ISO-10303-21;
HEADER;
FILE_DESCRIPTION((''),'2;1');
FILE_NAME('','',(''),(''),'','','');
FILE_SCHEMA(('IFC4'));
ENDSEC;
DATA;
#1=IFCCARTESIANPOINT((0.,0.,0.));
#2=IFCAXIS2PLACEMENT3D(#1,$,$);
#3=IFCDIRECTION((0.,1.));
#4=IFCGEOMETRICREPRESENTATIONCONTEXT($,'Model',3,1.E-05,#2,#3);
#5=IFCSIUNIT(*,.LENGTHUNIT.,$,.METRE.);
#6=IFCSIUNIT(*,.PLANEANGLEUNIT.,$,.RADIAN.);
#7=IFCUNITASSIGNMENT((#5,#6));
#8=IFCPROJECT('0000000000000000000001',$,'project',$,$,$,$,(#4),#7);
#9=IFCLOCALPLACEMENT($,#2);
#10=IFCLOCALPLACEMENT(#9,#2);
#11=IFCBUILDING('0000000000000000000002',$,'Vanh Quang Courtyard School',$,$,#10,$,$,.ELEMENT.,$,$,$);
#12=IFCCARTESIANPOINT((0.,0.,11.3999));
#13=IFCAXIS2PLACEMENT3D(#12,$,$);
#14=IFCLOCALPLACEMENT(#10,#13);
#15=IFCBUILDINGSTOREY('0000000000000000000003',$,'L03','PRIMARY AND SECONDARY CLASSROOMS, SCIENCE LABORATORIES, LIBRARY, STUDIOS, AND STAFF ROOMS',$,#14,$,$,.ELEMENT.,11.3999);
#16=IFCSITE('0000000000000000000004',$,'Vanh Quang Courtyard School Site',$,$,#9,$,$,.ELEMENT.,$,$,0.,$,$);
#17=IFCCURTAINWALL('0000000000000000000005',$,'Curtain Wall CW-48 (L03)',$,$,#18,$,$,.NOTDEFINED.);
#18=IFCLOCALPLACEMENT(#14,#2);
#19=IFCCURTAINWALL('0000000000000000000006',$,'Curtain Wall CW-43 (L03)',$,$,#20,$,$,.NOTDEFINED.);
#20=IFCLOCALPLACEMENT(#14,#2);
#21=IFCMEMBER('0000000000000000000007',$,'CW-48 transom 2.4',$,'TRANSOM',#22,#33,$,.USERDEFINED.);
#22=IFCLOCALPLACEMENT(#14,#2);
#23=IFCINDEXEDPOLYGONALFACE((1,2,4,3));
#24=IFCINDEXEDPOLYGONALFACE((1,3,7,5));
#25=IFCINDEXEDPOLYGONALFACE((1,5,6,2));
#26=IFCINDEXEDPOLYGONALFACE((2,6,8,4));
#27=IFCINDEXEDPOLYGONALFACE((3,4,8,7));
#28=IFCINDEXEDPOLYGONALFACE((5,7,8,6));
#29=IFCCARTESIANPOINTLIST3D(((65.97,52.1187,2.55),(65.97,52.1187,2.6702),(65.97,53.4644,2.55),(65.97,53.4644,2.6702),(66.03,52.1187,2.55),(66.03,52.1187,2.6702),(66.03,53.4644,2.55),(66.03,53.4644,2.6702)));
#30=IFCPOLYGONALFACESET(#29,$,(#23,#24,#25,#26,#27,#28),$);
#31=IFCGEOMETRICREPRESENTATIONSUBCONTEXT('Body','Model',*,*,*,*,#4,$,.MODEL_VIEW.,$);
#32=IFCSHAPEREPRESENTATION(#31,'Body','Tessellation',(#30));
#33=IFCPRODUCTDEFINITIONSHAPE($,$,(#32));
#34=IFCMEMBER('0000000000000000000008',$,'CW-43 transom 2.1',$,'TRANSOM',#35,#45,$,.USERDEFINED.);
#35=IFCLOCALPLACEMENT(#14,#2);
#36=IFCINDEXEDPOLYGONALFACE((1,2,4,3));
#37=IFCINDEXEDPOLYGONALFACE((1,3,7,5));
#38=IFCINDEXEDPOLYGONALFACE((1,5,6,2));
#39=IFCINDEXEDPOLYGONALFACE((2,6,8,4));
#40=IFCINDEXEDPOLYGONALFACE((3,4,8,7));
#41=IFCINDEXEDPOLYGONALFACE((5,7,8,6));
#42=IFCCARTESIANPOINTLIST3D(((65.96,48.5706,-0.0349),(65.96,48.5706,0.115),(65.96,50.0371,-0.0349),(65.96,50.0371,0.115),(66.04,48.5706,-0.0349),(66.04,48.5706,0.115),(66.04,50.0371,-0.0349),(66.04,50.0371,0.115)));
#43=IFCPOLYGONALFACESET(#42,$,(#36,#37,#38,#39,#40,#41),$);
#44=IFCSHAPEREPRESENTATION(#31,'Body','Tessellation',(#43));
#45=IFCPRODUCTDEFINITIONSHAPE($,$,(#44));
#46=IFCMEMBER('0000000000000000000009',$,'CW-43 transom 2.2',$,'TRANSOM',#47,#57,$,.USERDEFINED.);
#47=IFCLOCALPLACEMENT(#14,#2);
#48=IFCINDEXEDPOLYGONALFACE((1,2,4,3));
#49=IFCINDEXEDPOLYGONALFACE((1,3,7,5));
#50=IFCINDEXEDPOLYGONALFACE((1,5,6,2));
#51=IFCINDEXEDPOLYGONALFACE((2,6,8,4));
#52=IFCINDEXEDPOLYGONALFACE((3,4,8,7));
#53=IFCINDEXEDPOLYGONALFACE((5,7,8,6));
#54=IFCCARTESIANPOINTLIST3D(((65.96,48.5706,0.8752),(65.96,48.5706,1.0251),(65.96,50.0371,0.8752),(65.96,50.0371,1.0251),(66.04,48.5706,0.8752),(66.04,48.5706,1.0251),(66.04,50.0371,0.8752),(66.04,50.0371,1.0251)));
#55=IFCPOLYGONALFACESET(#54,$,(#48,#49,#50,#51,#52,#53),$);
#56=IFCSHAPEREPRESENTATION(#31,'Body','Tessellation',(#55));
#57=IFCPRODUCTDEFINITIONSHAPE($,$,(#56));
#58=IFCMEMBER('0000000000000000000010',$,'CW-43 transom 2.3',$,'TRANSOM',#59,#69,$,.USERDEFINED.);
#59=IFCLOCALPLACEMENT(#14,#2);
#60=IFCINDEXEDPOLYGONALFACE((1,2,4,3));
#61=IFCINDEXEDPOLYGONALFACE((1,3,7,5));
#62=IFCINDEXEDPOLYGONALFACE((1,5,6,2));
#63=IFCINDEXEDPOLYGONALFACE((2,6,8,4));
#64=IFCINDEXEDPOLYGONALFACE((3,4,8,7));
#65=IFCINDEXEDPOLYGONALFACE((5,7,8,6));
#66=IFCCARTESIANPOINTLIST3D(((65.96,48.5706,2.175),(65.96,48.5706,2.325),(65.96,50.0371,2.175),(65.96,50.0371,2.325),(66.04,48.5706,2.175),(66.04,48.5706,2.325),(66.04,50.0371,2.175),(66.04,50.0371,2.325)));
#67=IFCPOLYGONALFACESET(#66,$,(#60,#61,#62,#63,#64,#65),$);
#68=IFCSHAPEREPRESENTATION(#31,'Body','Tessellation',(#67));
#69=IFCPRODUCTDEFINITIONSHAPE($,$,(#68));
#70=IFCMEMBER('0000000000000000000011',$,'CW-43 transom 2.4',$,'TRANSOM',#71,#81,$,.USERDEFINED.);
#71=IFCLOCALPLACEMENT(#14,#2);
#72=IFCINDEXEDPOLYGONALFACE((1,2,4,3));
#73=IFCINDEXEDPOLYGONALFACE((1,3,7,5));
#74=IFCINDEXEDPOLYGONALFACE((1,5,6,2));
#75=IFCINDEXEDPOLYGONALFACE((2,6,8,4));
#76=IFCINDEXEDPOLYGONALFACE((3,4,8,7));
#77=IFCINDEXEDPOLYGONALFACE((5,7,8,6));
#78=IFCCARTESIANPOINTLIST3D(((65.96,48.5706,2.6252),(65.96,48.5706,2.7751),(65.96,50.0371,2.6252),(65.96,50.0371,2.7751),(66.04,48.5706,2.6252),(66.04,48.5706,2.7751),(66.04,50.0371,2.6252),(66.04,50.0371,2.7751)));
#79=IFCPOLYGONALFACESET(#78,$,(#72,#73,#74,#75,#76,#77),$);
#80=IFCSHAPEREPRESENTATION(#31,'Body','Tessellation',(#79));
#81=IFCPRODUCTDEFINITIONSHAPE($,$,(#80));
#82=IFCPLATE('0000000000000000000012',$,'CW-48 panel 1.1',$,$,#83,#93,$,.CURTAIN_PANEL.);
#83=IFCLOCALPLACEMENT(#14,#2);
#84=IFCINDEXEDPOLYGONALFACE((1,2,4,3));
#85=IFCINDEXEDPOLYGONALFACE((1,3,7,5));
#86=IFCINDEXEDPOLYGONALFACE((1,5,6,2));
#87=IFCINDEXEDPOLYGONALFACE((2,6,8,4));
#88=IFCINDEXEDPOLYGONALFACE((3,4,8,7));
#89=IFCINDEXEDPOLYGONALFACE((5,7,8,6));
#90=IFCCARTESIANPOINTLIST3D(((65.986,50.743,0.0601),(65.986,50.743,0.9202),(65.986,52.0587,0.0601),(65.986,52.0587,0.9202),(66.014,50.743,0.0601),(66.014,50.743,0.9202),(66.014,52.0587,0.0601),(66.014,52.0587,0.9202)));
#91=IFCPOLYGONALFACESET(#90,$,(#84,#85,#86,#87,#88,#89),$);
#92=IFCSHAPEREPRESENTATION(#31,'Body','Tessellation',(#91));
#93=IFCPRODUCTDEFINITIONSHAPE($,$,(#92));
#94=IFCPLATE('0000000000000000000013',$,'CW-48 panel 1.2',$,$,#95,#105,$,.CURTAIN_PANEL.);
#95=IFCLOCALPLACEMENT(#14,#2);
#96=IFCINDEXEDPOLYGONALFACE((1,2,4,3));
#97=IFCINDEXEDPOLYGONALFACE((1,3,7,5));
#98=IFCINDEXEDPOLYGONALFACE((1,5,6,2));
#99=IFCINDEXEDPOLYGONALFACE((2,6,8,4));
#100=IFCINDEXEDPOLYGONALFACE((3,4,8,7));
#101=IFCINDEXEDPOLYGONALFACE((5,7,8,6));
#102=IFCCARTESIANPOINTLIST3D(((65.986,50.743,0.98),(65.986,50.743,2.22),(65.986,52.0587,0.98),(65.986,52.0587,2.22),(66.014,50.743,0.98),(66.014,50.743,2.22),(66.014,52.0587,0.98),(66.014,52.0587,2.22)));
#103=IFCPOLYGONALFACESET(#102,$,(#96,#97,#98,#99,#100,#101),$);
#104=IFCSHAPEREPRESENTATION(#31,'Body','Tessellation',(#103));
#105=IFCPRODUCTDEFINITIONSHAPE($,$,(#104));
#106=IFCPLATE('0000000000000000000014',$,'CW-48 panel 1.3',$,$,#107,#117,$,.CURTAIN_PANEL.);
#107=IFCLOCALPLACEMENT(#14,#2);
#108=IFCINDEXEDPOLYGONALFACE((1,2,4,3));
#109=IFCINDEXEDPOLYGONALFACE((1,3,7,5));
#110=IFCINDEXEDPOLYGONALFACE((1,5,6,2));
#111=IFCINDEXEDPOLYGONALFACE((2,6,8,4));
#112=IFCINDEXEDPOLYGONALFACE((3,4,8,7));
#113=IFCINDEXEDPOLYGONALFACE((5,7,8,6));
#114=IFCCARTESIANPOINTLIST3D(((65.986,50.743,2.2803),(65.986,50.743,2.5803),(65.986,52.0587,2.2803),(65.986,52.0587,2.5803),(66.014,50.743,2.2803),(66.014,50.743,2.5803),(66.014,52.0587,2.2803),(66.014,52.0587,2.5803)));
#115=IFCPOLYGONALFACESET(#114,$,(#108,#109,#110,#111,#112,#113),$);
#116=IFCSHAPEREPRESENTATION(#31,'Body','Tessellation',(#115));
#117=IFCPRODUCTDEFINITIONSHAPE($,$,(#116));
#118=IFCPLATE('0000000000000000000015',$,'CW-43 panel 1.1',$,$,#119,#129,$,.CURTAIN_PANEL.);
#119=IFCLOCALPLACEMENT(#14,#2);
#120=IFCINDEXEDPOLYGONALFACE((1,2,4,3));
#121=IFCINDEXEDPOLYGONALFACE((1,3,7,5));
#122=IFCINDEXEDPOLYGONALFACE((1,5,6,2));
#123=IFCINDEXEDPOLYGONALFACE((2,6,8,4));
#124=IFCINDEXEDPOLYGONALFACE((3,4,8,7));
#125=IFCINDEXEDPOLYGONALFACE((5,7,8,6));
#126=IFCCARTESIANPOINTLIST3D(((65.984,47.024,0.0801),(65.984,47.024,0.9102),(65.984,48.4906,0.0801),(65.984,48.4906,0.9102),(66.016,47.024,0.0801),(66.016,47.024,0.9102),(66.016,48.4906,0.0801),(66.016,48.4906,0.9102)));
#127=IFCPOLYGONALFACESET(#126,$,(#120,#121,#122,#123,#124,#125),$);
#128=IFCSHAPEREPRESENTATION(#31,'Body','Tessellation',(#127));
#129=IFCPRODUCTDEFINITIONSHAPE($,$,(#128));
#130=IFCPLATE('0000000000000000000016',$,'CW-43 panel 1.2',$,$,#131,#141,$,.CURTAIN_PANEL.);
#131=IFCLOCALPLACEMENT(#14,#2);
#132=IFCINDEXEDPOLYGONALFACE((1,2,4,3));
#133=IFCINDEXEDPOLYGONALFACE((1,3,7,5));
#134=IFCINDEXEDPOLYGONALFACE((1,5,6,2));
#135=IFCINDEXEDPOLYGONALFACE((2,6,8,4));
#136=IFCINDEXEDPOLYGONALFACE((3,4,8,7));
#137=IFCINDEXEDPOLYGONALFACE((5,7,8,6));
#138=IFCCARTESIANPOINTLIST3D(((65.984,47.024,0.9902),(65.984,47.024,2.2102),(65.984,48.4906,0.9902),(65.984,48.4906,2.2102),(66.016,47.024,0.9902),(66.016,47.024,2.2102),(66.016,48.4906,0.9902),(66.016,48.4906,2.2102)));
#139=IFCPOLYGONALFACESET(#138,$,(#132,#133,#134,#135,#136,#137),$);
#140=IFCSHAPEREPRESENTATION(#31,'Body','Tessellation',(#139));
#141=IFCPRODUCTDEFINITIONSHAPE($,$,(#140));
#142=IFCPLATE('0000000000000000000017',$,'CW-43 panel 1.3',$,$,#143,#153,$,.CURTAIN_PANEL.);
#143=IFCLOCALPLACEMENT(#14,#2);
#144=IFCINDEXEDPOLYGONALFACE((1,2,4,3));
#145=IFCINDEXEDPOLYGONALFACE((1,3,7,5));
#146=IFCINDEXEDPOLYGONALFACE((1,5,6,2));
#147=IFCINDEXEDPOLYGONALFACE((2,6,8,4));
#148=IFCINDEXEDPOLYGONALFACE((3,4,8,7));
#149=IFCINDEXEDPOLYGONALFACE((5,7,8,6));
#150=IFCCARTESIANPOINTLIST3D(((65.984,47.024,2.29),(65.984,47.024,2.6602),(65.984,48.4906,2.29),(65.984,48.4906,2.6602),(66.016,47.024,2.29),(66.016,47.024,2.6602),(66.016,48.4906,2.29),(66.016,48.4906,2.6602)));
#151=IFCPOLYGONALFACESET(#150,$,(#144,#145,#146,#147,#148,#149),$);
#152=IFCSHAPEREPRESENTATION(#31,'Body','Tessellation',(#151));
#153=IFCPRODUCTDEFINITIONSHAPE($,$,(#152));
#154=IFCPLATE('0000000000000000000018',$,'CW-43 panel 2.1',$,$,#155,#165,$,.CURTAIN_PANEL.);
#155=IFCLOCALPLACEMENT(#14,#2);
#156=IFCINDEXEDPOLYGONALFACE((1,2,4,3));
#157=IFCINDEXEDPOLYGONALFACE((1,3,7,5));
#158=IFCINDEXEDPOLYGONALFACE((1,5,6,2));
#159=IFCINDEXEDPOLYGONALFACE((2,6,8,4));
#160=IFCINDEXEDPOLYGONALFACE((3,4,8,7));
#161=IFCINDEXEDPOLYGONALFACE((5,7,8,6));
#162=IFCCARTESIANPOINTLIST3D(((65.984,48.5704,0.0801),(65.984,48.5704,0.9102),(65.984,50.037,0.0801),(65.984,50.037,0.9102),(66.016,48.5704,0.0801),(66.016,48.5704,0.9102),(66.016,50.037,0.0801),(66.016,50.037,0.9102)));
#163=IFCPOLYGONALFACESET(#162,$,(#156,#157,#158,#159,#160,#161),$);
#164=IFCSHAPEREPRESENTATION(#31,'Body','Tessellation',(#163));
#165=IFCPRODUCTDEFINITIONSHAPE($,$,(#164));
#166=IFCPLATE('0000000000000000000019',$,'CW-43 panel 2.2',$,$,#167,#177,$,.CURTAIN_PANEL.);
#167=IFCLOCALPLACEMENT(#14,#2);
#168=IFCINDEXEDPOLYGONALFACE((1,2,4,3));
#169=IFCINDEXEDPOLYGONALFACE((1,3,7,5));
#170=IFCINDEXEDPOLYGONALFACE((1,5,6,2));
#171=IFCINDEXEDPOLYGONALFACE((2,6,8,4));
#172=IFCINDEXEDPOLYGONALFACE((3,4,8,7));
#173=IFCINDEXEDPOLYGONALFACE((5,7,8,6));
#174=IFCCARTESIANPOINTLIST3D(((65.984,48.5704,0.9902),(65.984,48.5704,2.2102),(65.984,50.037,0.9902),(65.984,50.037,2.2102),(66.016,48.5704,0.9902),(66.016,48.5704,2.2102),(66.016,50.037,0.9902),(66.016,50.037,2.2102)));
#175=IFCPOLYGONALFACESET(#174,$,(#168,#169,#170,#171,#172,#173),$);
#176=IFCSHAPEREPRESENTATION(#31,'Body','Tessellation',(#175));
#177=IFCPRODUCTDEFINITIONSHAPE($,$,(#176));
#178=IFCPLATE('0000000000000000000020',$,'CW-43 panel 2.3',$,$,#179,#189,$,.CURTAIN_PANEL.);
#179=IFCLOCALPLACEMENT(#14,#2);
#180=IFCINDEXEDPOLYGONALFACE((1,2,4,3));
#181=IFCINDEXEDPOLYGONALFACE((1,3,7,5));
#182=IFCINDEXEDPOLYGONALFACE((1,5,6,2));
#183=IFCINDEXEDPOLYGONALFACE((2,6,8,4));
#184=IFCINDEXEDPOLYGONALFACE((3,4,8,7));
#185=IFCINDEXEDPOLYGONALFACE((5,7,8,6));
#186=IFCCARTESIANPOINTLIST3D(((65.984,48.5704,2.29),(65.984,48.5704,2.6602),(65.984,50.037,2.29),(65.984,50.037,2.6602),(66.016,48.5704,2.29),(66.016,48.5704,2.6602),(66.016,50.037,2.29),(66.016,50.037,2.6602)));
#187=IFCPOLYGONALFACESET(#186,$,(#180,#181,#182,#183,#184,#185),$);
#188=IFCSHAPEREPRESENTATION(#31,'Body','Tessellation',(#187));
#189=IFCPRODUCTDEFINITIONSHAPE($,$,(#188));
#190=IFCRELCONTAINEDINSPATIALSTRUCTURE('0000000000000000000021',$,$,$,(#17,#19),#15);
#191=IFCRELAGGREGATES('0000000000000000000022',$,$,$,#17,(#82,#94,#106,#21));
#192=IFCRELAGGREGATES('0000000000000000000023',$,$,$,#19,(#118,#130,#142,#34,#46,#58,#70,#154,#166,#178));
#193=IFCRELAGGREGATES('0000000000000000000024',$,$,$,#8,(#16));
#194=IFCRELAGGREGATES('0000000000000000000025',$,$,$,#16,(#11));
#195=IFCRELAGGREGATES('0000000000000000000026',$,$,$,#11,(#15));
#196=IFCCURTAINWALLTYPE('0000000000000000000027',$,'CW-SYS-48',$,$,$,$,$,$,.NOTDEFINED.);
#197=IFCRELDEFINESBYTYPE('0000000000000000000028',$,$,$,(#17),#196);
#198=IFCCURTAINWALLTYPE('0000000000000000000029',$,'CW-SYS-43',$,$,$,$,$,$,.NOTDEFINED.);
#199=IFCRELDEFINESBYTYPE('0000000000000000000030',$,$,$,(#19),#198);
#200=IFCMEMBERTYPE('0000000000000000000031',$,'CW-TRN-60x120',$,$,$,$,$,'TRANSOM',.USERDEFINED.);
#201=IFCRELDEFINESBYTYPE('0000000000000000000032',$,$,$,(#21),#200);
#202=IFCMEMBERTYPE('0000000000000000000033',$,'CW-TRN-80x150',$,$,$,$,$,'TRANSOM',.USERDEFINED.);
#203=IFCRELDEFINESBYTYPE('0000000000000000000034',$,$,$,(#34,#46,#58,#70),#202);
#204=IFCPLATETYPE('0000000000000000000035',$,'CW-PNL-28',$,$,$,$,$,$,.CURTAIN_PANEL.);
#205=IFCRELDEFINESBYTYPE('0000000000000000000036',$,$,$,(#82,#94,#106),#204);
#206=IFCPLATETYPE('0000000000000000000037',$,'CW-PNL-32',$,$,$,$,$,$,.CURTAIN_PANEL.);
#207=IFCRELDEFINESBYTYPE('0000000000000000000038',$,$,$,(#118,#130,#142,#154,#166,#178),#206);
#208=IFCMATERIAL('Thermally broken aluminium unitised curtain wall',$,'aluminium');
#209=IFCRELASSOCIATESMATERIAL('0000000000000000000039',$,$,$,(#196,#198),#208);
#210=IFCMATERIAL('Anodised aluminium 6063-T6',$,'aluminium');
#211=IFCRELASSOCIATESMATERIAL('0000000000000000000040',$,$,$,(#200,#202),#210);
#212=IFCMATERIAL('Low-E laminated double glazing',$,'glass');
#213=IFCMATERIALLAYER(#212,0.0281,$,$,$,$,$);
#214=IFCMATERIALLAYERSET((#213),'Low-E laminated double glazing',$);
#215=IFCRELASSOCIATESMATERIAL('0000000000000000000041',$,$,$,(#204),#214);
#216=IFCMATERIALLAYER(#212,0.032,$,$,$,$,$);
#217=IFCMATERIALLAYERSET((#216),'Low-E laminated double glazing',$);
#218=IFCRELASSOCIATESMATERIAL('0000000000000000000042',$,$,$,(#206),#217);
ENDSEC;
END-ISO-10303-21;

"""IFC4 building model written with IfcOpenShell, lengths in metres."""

from ifc_helpers import new_model, si_unit, direction, frame, origin, origin_2d, place, context, subcontext, project, spatial, rectangle, extrude, material, layer, layer_set, material_profile, profile_set, type_object, element, aggregate, save


model = new_model("IFC4")

# Units and contexts
model_context = context("Model", 3, precision=1e-05, world=origin(), true_north=direction((0.0, 1.0)))
body_context = subcontext(model_context, "Body", "Model", "MODEL_VIEW")
ifc_project = project(units=[si_unit("LENGTHUNIT", "METRE"), si_unit("PLANEANGLEUNIT", "RADIAN")], contexts=[model_context])

# Site, building, storey
site_placement = place(None, origin())
site = spatial("IfcSite", under=ifc_project, at=site_placement, Name="Vanh Quang Courtyard School Site", CompositionType="ELEMENT", RefElevation=0.0)
building_placement = place(site_placement, origin())
building = spatial("IfcBuilding", under=site, at=building_placement, Name="Vanh Quang Courtyard School", CompositionType="ELEMENT")
storey_placement = place(building_placement, frame((0.0, 0.0, 11.3999)))
storey = spatial("IfcBuildingStorey", under=building, at=storey_placement, Name="L03", Description="PRIMARY AND SECONDARY CLASSROOMS, SCIENCE LABORATORIES, LIBRARY, STUDIOS, AND STAFF ROOMS", CompositionType="ELEMENT", Elevation=11.3999)

# Curtain walls
ifc_material_1 = material(Name="Thermally broken aluminium unitised curtain wall", Category="aluminium")
curtain_wall_type_1 = type_object("IfcCurtainWallType", Name="CW-SYS-48", PredefinedType="NOTDEFINED", material=ifc_material_1)
curtain_wall_1_placement = place(storey_placement, origin())
curtain_wall_1 = element("IfcCurtainWall", 1, at=curtain_wall_1_placement, inside=storey, type_object=curtain_wall_type_1, Name="Curtain Wall CW-48 (L03)", PredefinedType="NOTDEFINED")
ifc_material_2 = material(Name="Anodised aluminium 6063-T6", Category="aluminium")
curtain_wall_type_2 = type_object("IfcCurtainWallType", Name="CW-SYS-43", PredefinedType="NOTDEFINED", material=ifc_material_1)
curtain_wall_2_placement = place(storey_placement, origin())
curtain_wall_2 = element("IfcCurtainWall", 2, at=curtain_wall_2_placement, inside=storey, type_object=curtain_wall_type_2, Name="Curtain Wall CW-43 (L03)", PredefinedType="NOTDEFINED")

# Members
ifc_material_profile_1 = material_profile(ifc_material_2, rectangle(XDim=0.0601, YDim=0.1201, at=origin_2d()), Name="ALU-TRN 60x120")
ifc_profile_set_1 = profile_set([ifc_material_profile_1], Name="Anodised aluminium 6063-T6")
member_type_1 = type_object("IfcMemberType", Name="CW-TRN-60x120", ElementType="TRANSOM", PredefinedType="USERDEFINED", material=ifc_profile_set_1)
member_1_placement = place(storey_placement, frame((66.0, 52.1187, 2.6101), z_axis=(0.0, 1.0, 0.0), x_axis=(-1.0, 0.0, 0.0)))
member_1 = element("IfcMember", 3, at=member_1_placement, type_object=member_type_1, Name="CW-48 transom 2.4", ObjectType="TRANSOM", PredefinedType="USERDEFINED", context=body_context, shape_type="SweptSolid", body=[
    extrude(rectangle(XDim=0.0601, YDim=0.1201, at=origin_2d()), origin(), (0.0, 0.0, 1.0), 1.3457),
])
ifc_material_profile_2 = material_profile(ifc_material_2, rectangle(XDim=0.0801, YDim=0.1499, at=origin_2d()), Name="ALU-TRN 80x150")
ifc_profile_set_2 = profile_set([ifc_material_profile_2], Name="Anodised aluminium 6063-T6")
member_type_2 = type_object("IfcMemberType", Name="CW-TRN-80x150", ElementType="TRANSOM", PredefinedType="USERDEFINED", material=ifc_profile_set_2)
member_2_placement = place(storey_placement, frame((66.0, 48.5706, 0.04), z_axis=(0.0, 1.0, 0.0), x_axis=(-1.0, 0.0, 0.0)))
member_2 = element("IfcMember", 4, at=member_2_placement, type_object=member_type_2, Name="CW-43 transom 2.1", ObjectType="TRANSOM", PredefinedType="USERDEFINED", context=body_context, shape_type="SweptSolid", body=[
    extrude(rectangle(XDim=0.0801, YDim=0.1499, at=origin_2d()), origin(), (0.0, 0.0, 1.0), 1.4666),
])
member_3_placement = place(storey_placement, frame((66.0, 48.5706, 0.9502), z_axis=(0.0, 1.0, 0.0), x_axis=(-1.0, 0.0, 0.0)))
member_3 = element("IfcMember", 5, at=member_3_placement, type_object=member_type_2, Name="CW-43 transom 2.2", ObjectType="TRANSOM", PredefinedType="USERDEFINED", context=body_context, shape_type="SweptSolid", body=[
    extrude(rectangle(XDim=0.0801, YDim=0.1499, at=origin_2d()), origin(), (0.0, 0.0, 1.0), 1.4666),
])
member_4_placement = place(storey_placement, frame((66.0, 48.5706, 2.25), z_axis=(0.0, 1.0, 0.0), x_axis=(-1.0, 0.0, 0.0)))
member_4 = element("IfcMember", 6, at=member_4_placement, type_object=member_type_2, Name="CW-43 transom 2.3", ObjectType="TRANSOM", PredefinedType="USERDEFINED", context=body_context, shape_type="SweptSolid", body=[
    extrude(rectangle(XDim=0.0801, YDim=0.1499, at=origin_2d()), origin(), (0.0, 0.0, 1.0), 1.4666),
])
member_5_placement = place(storey_placement, frame((66.0, 48.5706, 2.7002), z_axis=(0.0, 1.0, 0.0), x_axis=(-1.0, 0.0, 0.0)))
member_5 = element("IfcMember", 7, at=member_5_placement, type_object=member_type_2, Name="CW-43 transom 2.4", ObjectType="TRANSOM", PredefinedType="USERDEFINED", context=body_context, shape_type="SweptSolid", body=[
    extrude(rectangle(XDim=0.0801, YDim=0.1499, at=origin_2d()), origin(), (0.0, 0.0, 1.0), 1.4666),
])

# Plates
ifc_material_3 = material(Name="Low-E laminated double glazing", Category="glass")
ifc_layer_1 = layer(ifc_material_3, 0.0281)
ifc_layer_set_1 = layer_set([ifc_layer_1], Name="Low-E laminated double glazing")
plate_type_1 = type_object("IfcPlateType", Name="CW-PNL-28", PredefinedType="CURTAIN_PANEL", material=ifc_layer_set_1)
plate_1_placement = place(storey_placement, frame((66.0, 51.4009, 0.0601), z_axis=(0.0, 0.0, 1.0), x_axis=(0.0, 1.0, 0.0)))
plate_1 = element("IfcPlate", 8, at=plate_1_placement, type_object=plate_type_1, Name="CW-48 panel 1.1", PredefinedType="CURTAIN_PANEL", context=body_context, shape_type="SweptSolid", body=[
    extrude(rectangle(XDim=1.3157, YDim=0.0281, at=origin_2d()), origin(), (0.0, 0.0, 1.0), 0.8601),
])
plate_2_placement = place(storey_placement, frame((66.0, 51.4009, 0.98), z_axis=(0.0, 0.0, 1.0), x_axis=(0.0, 1.0, 0.0)))
plate_2 = element("IfcPlate", 9, at=plate_2_placement, type_object=plate_type_1, Name="CW-48 panel 1.2", PredefinedType="CURTAIN_PANEL", context=body_context, shape_type="SweptSolid", body=[
    extrude(rectangle(XDim=1.3157, YDim=0.0281, at=origin_2d()), origin(), (0.0, 0.0, 1.0), 1.24),
])
plate_3_placement = place(storey_placement, frame((66.0, 51.4009, 2.2803), z_axis=(0.0, 0.0, 1.0), x_axis=(0.0, 1.0, 0.0)))
plate_3 = element("IfcPlate", 10, at=plate_3_placement, type_object=plate_type_1, Name="CW-48 panel 1.3", PredefinedType="CURTAIN_PANEL", context=body_context, shape_type="SweptSolid", body=[
    extrude(rectangle(XDim=1.3157, YDim=0.0281, at=origin_2d()), origin(), (0.0, 0.0, 1.0), 0.3),
])
aggregate(curtain_wall_1, [plate_1, plate_2, plate_3, member_1])
ifc_layer_2 = layer(ifc_material_3, 0.032)
ifc_layer_set_2 = layer_set([ifc_layer_2], Name="Low-E laminated double glazing")
plate_type_2 = type_object("IfcPlateType", Name="CW-PNL-32", PredefinedType="CURTAIN_PANEL", material=ifc_layer_set_2)
plate_4_placement = place(storey_placement, frame((66.0, 47.7573, 0.0801), z_axis=(0.0, 0.0, 1.0), x_axis=(0.0, 1.0, 0.0)))
plate_4 = element("IfcPlate", 11, at=plate_4_placement, type_object=plate_type_2, Name="CW-43 panel 1.1", PredefinedType="CURTAIN_PANEL", context=body_context, shape_type="SweptSolid", body=[
    extrude(rectangle(XDim=1.4666, YDim=0.032, at=origin_2d()), origin(), (0.0, 0.0, 1.0), 0.8301),
])
plate_5_placement = place(storey_placement, frame((66.0, 47.7573, 0.9902), z_axis=(0.0, 0.0, 1.0), x_axis=(0.0, 1.0, 0.0)))
plate_5 = element("IfcPlate", 12, at=plate_5_placement, type_object=plate_type_2, Name="CW-43 panel 1.2", PredefinedType="CURTAIN_PANEL", context=body_context, shape_type="SweptSolid", body=[
    extrude(rectangle(XDim=1.4666, YDim=0.032, at=origin_2d()), origin(), (0.0, 0.0, 1.0), 1.22),
])
plate_6_placement = place(storey_placement, frame((66.0, 47.7573, 2.29), z_axis=(0.0, 0.0, 1.0), x_axis=(0.0, 1.0, 0.0)))
plate_6 = element("IfcPlate", 13, at=plate_6_placement, type_object=plate_type_2, Name="CW-43 panel 1.3", PredefinedType="CURTAIN_PANEL", context=body_context, shape_type="SweptSolid", body=[
    extrude(rectangle(XDim=1.4666, YDim=0.032, at=origin_2d()), origin(), (0.0, 0.0, 1.0), 0.3701),
])
plate_7_placement = place(storey_placement, frame((66.0, 49.3037, 0.0801), z_axis=(0.0, 0.0, 1.0), x_axis=(0.0, 1.0, 0.0)))
plate_7 = element("IfcPlate", 14, at=plate_7_placement, type_object=plate_type_2, Name="CW-43 panel 2.1", PredefinedType="CURTAIN_PANEL", context=body_context, shape_type="SweptSolid", body=[
    extrude(rectangle(XDim=1.4666, YDim=0.032, at=origin_2d()), origin(), (0.0, 0.0, 1.0), 0.8301),
])
plate_8_placement = place(storey_placement, frame((66.0, 49.3037, 0.9902), z_axis=(0.0, 0.0, 1.0), x_axis=(0.0, 1.0, 0.0)))
plate_8 = element("IfcPlate", 15, at=plate_8_placement, type_object=plate_type_2, Name="CW-43 panel 2.2", PredefinedType="CURTAIN_PANEL", context=body_context, shape_type="SweptSolid", body=[
    extrude(rectangle(XDim=1.4666, YDim=0.032, at=origin_2d()), origin(), (0.0, 0.0, 1.0), 1.22),
])
plate_9_placement = place(storey_placement, frame((66.0, 49.3037, 2.29), z_axis=(0.0, 0.0, 1.0), x_axis=(0.0, 1.0, 0.0)))
plate_9 = element("IfcPlate", 16, at=plate_9_placement, type_object=plate_type_2, Name="CW-43 panel 2.3", PredefinedType="CURTAIN_PANEL", context=body_context, shape_type="SweptSolid", body=[
    extrude(rectangle(XDim=1.4666, YDim=0.032, at=origin_2d()), origin(), (0.0, 0.0, 1.0), 0.3701),
])
aggregate(curtain_wall_2, [plate_4, plate_5, plate_6, member_2, member_3, member_4, member_5, plate_7, plate_8, plate_9])

save(model, "model.ifc")
